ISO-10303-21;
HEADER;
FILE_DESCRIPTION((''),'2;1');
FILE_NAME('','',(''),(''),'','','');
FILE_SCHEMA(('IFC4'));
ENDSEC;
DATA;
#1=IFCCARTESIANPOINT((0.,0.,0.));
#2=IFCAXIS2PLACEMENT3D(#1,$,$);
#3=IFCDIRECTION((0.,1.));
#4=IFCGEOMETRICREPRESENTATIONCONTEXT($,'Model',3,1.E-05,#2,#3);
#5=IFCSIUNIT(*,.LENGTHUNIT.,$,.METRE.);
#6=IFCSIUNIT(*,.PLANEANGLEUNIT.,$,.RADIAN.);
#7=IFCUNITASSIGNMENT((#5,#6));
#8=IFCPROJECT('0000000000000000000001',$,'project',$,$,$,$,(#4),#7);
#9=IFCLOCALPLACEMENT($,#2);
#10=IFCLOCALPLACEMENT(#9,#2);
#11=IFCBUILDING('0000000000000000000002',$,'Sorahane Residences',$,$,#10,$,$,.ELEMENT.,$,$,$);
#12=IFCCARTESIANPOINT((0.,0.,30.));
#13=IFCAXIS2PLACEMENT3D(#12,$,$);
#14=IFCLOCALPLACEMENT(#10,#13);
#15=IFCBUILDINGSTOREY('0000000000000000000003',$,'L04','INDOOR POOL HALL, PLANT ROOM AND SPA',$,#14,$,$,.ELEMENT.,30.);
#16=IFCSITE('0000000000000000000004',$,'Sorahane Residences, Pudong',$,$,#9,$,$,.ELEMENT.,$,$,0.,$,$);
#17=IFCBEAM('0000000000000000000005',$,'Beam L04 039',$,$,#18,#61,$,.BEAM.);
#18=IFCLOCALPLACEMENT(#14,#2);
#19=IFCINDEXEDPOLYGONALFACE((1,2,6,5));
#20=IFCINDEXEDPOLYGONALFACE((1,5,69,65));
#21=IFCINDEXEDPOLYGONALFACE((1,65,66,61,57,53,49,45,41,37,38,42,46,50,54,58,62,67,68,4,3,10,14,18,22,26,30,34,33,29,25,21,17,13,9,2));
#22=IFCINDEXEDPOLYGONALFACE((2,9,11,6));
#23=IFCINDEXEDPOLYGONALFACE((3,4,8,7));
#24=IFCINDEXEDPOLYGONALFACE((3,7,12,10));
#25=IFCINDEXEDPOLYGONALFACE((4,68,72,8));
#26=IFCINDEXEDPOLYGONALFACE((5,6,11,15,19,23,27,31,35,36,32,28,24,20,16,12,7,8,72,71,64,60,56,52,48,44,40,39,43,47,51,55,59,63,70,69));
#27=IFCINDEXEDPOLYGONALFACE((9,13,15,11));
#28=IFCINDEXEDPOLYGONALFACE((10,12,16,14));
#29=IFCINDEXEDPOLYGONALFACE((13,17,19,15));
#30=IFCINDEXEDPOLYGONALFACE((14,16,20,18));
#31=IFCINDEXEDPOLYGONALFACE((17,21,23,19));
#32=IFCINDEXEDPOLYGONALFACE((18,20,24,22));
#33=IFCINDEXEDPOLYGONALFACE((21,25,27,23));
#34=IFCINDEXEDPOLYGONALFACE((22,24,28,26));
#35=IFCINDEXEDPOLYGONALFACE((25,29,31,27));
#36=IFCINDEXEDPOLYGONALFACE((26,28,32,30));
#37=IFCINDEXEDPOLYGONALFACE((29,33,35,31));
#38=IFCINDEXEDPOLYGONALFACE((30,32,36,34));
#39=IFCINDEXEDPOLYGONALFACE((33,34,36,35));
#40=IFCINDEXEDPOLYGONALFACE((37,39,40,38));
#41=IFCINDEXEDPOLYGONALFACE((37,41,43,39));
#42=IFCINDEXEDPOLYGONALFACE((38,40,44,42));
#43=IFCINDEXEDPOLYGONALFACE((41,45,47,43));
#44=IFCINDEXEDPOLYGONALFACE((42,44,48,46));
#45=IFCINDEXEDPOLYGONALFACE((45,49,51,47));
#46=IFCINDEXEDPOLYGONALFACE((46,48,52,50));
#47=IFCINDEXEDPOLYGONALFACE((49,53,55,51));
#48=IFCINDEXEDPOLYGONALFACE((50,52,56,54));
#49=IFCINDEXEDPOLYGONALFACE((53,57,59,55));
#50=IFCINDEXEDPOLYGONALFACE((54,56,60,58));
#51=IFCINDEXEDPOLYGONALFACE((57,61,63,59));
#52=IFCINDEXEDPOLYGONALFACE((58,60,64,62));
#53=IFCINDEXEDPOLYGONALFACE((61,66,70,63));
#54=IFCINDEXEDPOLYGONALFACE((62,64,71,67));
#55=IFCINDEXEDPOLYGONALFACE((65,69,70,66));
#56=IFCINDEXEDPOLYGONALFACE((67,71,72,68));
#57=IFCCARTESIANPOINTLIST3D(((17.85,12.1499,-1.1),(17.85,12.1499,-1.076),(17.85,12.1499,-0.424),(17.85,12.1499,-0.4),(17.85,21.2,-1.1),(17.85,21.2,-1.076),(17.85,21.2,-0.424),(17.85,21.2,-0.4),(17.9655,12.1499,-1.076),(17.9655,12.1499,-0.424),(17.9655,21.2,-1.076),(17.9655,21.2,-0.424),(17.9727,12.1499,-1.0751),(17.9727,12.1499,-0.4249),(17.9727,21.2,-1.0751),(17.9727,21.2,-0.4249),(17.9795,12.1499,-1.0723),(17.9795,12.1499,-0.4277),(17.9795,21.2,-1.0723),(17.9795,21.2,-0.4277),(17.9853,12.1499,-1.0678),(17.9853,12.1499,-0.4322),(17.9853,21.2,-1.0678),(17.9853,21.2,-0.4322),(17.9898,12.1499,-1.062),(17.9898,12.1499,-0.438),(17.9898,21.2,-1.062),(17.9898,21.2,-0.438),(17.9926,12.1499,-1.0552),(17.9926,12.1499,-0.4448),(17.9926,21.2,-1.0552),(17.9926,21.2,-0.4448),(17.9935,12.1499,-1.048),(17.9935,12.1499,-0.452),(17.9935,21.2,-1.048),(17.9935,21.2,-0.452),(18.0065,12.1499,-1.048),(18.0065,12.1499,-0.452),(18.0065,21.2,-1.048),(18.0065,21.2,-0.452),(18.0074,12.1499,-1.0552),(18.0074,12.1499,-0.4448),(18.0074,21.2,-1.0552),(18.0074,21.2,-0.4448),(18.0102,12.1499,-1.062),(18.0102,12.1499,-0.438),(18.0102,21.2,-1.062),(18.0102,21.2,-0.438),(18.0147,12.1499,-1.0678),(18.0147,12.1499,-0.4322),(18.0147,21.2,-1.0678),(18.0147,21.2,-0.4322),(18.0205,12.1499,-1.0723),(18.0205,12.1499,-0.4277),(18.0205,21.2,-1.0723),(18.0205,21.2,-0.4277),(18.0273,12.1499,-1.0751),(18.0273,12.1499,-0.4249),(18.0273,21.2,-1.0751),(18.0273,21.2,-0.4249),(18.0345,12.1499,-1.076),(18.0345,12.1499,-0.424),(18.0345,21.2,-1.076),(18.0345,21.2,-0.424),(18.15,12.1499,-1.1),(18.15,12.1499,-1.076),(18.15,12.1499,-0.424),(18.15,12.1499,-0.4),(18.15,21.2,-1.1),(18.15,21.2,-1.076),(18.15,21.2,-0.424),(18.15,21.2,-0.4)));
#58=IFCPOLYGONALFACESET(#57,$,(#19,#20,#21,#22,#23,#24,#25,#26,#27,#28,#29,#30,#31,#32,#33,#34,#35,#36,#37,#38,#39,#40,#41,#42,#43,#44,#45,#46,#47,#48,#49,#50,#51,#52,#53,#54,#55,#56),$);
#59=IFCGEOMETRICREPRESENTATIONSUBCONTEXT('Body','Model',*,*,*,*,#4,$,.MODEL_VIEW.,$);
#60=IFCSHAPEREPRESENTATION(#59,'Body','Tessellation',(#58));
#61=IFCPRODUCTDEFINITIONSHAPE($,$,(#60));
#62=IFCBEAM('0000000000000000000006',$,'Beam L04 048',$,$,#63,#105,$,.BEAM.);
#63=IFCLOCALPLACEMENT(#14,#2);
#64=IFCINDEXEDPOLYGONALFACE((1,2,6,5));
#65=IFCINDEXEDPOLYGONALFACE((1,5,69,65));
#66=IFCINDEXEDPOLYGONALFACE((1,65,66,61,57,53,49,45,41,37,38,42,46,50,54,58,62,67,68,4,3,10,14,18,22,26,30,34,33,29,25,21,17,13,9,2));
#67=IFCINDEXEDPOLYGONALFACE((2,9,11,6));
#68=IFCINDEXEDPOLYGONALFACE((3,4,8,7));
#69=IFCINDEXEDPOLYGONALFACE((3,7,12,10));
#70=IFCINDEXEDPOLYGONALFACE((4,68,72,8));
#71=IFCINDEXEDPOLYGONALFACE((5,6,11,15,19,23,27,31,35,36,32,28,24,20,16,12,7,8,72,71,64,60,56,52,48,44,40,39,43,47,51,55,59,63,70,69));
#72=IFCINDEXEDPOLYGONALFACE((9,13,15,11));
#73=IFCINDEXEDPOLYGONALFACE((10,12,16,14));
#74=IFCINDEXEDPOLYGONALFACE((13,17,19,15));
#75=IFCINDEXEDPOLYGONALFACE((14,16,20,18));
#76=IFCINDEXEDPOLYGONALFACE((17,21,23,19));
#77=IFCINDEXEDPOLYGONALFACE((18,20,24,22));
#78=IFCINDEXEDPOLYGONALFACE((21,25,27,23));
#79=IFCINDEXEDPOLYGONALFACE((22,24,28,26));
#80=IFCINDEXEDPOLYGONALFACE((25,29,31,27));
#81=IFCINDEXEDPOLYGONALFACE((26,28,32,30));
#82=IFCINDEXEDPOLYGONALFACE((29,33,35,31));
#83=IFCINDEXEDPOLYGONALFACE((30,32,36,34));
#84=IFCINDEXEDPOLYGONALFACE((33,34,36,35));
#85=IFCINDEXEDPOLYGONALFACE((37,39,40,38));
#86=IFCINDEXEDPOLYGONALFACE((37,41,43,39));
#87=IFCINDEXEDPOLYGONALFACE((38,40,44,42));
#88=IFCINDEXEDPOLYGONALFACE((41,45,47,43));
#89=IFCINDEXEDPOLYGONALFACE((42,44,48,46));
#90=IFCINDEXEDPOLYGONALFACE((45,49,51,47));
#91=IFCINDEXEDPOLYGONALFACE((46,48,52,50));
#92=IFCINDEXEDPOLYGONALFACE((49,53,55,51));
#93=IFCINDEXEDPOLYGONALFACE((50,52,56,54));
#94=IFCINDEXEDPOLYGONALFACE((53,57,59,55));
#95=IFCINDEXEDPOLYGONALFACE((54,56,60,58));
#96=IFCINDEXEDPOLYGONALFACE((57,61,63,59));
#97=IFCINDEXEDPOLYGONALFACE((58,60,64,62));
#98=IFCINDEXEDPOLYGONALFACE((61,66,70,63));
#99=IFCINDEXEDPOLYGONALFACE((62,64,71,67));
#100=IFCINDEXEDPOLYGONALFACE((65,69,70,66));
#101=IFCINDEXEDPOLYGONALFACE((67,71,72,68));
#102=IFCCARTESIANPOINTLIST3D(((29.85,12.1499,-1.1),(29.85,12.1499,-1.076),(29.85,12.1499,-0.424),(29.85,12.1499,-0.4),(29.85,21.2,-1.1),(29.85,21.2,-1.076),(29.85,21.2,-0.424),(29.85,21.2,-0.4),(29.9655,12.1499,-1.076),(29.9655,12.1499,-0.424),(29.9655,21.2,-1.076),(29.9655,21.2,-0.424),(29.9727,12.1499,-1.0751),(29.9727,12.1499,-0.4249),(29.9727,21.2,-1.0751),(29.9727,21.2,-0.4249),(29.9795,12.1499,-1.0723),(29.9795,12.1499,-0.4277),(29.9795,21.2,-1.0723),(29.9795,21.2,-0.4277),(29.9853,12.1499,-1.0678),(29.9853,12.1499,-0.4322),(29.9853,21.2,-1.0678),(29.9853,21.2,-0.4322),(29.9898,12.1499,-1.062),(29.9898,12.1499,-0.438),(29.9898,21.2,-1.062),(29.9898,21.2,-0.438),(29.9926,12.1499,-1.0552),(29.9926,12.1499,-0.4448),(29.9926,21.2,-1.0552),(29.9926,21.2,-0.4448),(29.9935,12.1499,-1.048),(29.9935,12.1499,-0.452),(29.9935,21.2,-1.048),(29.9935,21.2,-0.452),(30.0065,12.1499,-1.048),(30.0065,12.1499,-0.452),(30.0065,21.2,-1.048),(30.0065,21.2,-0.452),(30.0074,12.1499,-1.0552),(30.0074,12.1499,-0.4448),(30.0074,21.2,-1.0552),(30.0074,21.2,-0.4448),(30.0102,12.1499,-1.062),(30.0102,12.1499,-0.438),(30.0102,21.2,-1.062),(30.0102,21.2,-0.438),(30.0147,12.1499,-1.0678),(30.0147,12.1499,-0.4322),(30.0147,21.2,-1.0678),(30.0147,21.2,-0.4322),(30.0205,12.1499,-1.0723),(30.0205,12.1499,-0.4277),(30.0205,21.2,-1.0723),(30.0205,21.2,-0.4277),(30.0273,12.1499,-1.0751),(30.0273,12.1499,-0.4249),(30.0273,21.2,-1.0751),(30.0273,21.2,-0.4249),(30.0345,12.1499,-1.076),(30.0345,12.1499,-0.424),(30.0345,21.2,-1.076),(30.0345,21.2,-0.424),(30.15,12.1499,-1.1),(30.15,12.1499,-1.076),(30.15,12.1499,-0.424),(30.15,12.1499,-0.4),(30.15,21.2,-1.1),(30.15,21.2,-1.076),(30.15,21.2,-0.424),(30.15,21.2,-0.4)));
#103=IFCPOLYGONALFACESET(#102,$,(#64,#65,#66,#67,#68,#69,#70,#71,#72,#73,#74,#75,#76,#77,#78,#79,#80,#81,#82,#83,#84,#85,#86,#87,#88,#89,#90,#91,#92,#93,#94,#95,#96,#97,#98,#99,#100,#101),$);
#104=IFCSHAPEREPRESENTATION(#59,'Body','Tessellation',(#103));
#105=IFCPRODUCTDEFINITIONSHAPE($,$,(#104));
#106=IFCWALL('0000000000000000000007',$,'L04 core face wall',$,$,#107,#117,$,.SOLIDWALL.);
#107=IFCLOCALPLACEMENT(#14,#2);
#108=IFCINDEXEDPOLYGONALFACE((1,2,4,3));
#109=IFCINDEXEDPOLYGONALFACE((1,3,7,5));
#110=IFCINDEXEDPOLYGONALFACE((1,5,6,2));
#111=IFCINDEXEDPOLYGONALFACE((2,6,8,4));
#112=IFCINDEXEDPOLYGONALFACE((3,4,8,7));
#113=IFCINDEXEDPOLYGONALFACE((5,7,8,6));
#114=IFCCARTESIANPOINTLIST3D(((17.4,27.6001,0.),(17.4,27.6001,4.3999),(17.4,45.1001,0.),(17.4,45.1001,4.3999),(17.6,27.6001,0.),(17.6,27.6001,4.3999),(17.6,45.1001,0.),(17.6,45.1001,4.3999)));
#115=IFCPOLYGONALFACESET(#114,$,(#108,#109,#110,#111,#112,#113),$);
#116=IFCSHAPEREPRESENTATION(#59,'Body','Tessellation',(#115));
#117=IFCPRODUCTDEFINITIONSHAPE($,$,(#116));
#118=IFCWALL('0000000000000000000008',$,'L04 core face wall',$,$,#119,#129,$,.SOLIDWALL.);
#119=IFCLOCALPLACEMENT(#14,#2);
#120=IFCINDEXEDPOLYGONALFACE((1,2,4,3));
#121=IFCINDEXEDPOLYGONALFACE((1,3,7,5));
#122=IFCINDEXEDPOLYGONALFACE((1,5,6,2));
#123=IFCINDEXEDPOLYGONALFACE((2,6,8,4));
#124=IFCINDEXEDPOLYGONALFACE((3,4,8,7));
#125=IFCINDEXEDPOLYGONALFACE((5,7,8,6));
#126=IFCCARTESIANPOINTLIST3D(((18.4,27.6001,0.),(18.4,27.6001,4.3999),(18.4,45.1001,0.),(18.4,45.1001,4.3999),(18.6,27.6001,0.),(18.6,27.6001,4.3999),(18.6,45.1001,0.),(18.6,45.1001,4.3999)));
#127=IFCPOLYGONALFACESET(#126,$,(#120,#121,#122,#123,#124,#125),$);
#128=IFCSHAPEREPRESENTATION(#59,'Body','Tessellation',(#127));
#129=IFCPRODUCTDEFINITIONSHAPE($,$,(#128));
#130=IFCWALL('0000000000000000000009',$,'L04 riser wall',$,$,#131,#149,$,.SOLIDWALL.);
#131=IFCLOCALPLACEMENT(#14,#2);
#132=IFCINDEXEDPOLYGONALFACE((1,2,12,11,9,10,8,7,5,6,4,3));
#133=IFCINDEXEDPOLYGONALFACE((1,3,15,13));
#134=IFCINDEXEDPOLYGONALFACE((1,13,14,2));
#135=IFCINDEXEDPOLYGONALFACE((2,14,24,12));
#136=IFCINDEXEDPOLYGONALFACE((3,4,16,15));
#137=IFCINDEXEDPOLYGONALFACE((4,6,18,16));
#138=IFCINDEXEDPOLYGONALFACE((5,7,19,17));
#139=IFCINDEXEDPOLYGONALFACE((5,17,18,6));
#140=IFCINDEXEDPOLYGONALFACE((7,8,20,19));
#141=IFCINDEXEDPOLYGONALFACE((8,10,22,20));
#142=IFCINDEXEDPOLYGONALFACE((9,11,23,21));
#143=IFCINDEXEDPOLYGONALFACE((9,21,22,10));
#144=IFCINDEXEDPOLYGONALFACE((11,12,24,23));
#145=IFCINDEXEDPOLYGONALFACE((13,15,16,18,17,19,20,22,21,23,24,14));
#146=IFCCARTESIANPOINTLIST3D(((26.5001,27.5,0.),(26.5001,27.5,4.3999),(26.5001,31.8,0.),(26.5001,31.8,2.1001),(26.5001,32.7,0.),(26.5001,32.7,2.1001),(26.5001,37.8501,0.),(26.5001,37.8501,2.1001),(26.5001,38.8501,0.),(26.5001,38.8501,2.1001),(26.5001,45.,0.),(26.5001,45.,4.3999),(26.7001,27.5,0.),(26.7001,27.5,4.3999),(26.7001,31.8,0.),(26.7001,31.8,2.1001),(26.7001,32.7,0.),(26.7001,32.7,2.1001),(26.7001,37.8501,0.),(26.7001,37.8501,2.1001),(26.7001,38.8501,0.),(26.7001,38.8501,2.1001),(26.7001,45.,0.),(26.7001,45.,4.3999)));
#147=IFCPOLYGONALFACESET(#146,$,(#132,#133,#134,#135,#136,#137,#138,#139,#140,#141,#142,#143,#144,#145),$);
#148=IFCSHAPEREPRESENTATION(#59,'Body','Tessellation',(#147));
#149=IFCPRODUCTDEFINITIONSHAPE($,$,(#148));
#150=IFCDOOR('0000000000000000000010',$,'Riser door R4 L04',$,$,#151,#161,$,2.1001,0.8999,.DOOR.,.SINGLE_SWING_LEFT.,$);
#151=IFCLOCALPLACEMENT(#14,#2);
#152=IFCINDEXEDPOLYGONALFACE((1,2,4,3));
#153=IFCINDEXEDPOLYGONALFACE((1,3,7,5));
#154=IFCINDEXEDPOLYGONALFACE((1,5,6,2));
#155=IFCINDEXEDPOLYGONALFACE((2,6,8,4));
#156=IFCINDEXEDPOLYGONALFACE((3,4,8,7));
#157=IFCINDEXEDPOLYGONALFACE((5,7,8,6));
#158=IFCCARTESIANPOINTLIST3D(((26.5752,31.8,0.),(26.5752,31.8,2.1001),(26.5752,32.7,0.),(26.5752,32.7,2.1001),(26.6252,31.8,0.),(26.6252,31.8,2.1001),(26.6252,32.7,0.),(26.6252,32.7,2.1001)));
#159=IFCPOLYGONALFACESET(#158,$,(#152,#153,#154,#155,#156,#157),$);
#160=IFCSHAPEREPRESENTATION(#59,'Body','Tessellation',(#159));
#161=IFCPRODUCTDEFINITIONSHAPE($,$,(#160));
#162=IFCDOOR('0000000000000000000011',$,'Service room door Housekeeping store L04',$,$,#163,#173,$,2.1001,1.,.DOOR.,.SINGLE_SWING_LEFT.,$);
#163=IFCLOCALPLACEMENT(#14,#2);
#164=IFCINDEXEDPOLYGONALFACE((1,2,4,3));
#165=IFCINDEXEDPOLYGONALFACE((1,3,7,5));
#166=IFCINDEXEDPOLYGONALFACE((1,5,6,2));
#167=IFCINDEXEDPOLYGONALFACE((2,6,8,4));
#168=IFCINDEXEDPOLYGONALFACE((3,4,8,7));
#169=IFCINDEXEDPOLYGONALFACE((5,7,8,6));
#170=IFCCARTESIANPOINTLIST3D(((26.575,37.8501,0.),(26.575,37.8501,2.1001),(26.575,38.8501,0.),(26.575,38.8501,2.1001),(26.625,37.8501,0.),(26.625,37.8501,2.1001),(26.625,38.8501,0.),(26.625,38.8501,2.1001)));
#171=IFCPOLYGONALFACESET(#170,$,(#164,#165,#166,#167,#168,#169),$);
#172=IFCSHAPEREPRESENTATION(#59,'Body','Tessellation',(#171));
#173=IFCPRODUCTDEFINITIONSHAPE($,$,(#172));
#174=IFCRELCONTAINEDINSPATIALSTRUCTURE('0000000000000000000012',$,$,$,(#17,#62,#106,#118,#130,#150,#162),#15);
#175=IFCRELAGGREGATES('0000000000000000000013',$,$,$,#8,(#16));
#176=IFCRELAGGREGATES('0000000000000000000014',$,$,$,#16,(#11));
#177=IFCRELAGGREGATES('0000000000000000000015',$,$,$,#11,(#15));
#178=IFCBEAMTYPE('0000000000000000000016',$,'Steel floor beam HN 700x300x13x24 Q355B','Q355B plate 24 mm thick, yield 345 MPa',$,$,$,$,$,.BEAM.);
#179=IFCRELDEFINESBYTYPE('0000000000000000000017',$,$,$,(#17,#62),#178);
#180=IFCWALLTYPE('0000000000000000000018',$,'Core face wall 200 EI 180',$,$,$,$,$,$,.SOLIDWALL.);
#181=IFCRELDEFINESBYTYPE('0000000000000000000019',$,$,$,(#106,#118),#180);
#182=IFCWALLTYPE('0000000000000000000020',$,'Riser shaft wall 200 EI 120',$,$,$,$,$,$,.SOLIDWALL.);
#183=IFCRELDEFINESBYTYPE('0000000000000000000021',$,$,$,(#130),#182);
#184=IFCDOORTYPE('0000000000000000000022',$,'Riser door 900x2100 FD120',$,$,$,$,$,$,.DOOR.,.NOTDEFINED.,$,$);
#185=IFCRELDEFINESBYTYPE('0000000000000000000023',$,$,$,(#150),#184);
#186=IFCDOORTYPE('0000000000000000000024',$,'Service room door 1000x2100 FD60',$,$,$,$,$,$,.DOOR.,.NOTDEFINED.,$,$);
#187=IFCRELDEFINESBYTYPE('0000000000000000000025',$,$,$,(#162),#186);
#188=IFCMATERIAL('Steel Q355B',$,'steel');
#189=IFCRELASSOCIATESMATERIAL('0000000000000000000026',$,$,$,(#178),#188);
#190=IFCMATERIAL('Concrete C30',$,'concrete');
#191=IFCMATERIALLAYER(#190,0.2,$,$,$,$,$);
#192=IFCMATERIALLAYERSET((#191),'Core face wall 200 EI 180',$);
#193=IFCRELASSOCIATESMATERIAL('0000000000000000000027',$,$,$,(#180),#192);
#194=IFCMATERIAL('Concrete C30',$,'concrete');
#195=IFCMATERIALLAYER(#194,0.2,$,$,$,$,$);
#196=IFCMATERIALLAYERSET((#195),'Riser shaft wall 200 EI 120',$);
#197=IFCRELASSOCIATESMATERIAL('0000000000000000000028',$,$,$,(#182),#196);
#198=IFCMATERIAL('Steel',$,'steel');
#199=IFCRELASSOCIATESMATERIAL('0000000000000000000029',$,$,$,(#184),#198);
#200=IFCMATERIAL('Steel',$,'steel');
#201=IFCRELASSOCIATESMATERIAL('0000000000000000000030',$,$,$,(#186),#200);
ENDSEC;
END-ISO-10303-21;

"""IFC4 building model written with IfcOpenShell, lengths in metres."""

from ifc_helpers import new_model, si_unit, direction, frame, frame_2d, origin, origin_2d, place, context, subcontext, project, spatial, rectangle, i_section, extrude, material, layer, layer_set, material_profile, profile_set, type_object, element, fill, save


model = new_model("IFC4")

# Units and contexts
model_context = context("Model", 3, precision=1e-05, world=origin(), true_north=direction((0.0, 1.0)))
body_context = subcontext(model_context, "Body", "Model", "MODEL_VIEW")
ifc_project = project(units=[si_unit("LENGTHUNIT", "METRE"), si_unit("PLANEANGLEUNIT", "RADIAN")], contexts=[model_context])

# Site, building, storey
site_placement = place(None, origin())
site = spatial("IfcSite", under=ifc_project, at=site_placement, Name="Sorahane Residences, Pudong", CompositionType="ELEMENT", RefElevation=0.0)
building_placement = place(site_placement, origin())
building = spatial("IfcBuilding", under=site, at=building_placement, Name="Sorahane Residences", CompositionType="ELEMENT")
storey_placement = place(building_placement, frame((0.0, 0.0, 30.0)))
storey = spatial("IfcBuildingStorey", under=building, at=storey_placement, Name="L04", Description="INDOOR POOL HALL, PLANT ROOM AND SPA", CompositionType="ELEMENT", Elevation=30.0)

# Beams
ifc_material_1 = material(Name="Steel Q355B", Category="steel")
ifc_material_profile_1 = material_profile(ifc_material_1, i_section(OverallWidth=0.3, OverallDepth=0.7, WebThickness=0.0129, FlangeThickness=0.0239, FilletRadius=0.0281, at=origin_2d()), Name="HN 700x300x13x24")
ifc_profile_set_1 = profile_set([ifc_material_profile_1], Name="Steel Q355B")
beam_type_1 = type_object("IfcBeamType", Name="Steel floor beam HN 700x300x13x24 Q355B", Description="Q355B plate 24 mm thick, yield 345 MPa", PredefinedType="BEAM", material=ifc_profile_set_1)
for number, where, z_axis, x_axis, name in (
    (1, (18.0, 12.1499, -0.75), (0.0, 1.0, 0.0), (-1.0, 0.0, 0.0), "Beam L04 039"),
    (2, (30.0, 12.1499, -0.75), (0.0, 1.0, 0.0), (-1.0, 0.0, 0.0), "Beam L04 048"),
):
    element("IfcBeam", number, at=place(storey_placement, frame(where, z_axis=z_axis, x_axis=x_axis)), inside=storey, type_object=beam_type_1, Name=name, PredefinedType="BEAM", context=body_context, shape_type="SweptSolid", body=[
        extrude(i_section(OverallWidth=0.3, OverallDepth=0.7, WebThickness=0.0129, FlangeThickness=0.0239, FilletRadius=0.0281, at=origin_2d()), origin(), (0.0, 0.0, 1.0), 9.05),
    ])

# Walls
ifc_material_2 = material(Name="Concrete C30", Category="concrete")
ifc_layer_1 = layer(ifc_material_2, 0.2)
ifc_layer_set_1 = layer_set([ifc_layer_1], Name="Core face wall 200 EI 180")
wall_type_1 = type_object("IfcWallType", Name="Core face wall 200 EI 180", PredefinedType="SOLIDWALL", material=ifc_layer_set_1)
for number, where, z_axis, x_axis, name in (
    (3, (17.5, 27.6001, 0.0), (0.0, 0.0, 1.0), (0.0, 1.0, 0.0), "L04 core face wall"),
    (4, (18.5, 27.6001, 0.0), (0.0, 0.0, 1.0), (0.0, 1.0, 0.0), "L04 core face wall"),
):
    element("IfcWall", number, at=place(storey_placement, frame(where, z_axis=z_axis, x_axis=x_axis)), inside=storey, type_object=wall_type_1, Name=name, PredefinedType="SOLIDWALL", context=body_context, shape_type="SweptSolid", body=[
        extrude(rectangle(XDim=17.5, YDim=0.2, at=frame_2d((8.75, 0.0))), origin(), (0.0, 0.0, 1.0), 4.3999),
    ])

# Wall, openings, doors
ifc_material_3 = material(Name="Concrete C30", Category="concrete")
ifc_layer_2 = layer(ifc_material_3, 0.2)
ifc_layer_set_2 = layer_set([ifc_layer_2], Name="Riser shaft wall 200 EI 120")
wall_type_2 = type_object("IfcWallType", Name="Riser shaft wall 200 EI 120", PredefinedType="SOLIDWALL", material=ifc_layer_set_2)
wall_1_placement = place(storey_placement, frame((26.6001, 27.5, 0.0), z_axis=(0.0, 0.0, 1.0), x_axis=(0.0, 1.0, 0.0)))
wall_1 = element("IfcWall", 5, at=wall_1_placement, inside=storey, type_object=wall_type_2, Name="L04 riser wall", PredefinedType="SOLIDWALL", context=body_context, shape_type="SweptSolid", body=[
    extrude(rectangle(XDim=17.5, YDim=0.2, at=frame_2d((8.75, 0.0))), origin(), (0.0, 0.0, 1.0), 4.3999),
])
opening_1_placement = place(wall_1_placement, frame((4.3, 0.0, 0.0)))
opening_1 = element("IfcOpeningElement", 6, at=opening_1_placement, cuts=wall_1, PredefinedType="OPENING", context=body_context, shape_type="SweptSolid", body=[
    extrude(rectangle(XDim=0.8999, YDim=2.1001, at=frame_2d((0.45, 1.05))), frame((0.0, 0.1099, 0.0), z_axis=(0.0, -1.0, 0.0), x_axis=(1.0, 0.0, 0.0)), (0.0, 0.0, 1.0), 0.22),
])
opening_2_placement = place(wall_1_placement, frame((10.3501, 0.0, 0.0)))
opening_2 = element("IfcOpeningElement", 7, at=opening_2_placement, cuts=wall_1, PredefinedType="OPENING", context=body_context, shape_type="SweptSolid", body=[
    extrude(rectangle(XDim=1.0, YDim=2.1001, at=frame_2d((0.5, 1.05))), frame((0.0, 0.1099, 0.0), z_axis=(0.0, -1.0, 0.0), x_axis=(1.0, 0.0, 0.0)), (0.0, 0.0, 1.0), 0.22),
])
ifc_material_4 = material(Name="Steel", Category="steel")
door_type_1 = type_object("IfcDoorType", Name="Riser door 900x2100 FD120", OperationType="NOTDEFINED", PredefinedType="DOOR", material=ifc_material_4)
door_1_placement = place(opening_1_placement, origin())
door_1 = element("IfcDoor", 8, at=door_1_placement, inside=storey, type_object=door_type_1, Name="Riser door R4 L04", OperationType="SINGLE_SWING_LEFT", OverallHeight=2.1001, OverallWidth=0.8999, PredefinedType="DOOR", context=body_context, shape_type="SweptSolid", body=[
    extrude(rectangle(XDim=0.8999, YDim=2.1001, at=frame_2d((0.45, 1.05))), frame((0.0, 0.0249, 0.0), z_axis=(0.0, -1.0, 0.0), x_axis=(1.0, 0.0, 0.0)), (0.0, 0.0, 1.0), 0.05),
])
fill(opening_1, door_1)
ifc_material_5 = material(Name="Steel", Category="steel")
door_type_2 = type_object("IfcDoorType", Name="Service room door 1000x2100 FD60", OperationType="NOTDEFINED", PredefinedType="DOOR", material=ifc_material_5)
door_2_placement = place(opening_2_placement, frame((1.0, 0.0, 0.0), z_axis=(0.0, 0.0, 1.0), x_axis=(-1.0, 0.0, 0.0)))
door_2 = element("IfcDoor", 9, at=door_2_placement, inside=storey, type_object=door_type_2, Name="Service room door Housekeeping store L04", OperationType="SINGLE_SWING_LEFT", OverallHeight=2.1001, OverallWidth=1.0, PredefinedType="DOOR", context=body_context, shape_type="SweptSolid", body=[
    extrude(rectangle(XDim=1.0, YDim=2.1001, at=frame_2d((0.5, 1.05))), frame((0.0, 0.0249, 0.0), z_axis=(0.0, -1.0, 0.0), x_axis=(1.0, 0.0, 0.0)), (0.0, 0.0, 1.0), 0.05),
])
fill(opening_2, door_2)

save(model, "model.ifc")
